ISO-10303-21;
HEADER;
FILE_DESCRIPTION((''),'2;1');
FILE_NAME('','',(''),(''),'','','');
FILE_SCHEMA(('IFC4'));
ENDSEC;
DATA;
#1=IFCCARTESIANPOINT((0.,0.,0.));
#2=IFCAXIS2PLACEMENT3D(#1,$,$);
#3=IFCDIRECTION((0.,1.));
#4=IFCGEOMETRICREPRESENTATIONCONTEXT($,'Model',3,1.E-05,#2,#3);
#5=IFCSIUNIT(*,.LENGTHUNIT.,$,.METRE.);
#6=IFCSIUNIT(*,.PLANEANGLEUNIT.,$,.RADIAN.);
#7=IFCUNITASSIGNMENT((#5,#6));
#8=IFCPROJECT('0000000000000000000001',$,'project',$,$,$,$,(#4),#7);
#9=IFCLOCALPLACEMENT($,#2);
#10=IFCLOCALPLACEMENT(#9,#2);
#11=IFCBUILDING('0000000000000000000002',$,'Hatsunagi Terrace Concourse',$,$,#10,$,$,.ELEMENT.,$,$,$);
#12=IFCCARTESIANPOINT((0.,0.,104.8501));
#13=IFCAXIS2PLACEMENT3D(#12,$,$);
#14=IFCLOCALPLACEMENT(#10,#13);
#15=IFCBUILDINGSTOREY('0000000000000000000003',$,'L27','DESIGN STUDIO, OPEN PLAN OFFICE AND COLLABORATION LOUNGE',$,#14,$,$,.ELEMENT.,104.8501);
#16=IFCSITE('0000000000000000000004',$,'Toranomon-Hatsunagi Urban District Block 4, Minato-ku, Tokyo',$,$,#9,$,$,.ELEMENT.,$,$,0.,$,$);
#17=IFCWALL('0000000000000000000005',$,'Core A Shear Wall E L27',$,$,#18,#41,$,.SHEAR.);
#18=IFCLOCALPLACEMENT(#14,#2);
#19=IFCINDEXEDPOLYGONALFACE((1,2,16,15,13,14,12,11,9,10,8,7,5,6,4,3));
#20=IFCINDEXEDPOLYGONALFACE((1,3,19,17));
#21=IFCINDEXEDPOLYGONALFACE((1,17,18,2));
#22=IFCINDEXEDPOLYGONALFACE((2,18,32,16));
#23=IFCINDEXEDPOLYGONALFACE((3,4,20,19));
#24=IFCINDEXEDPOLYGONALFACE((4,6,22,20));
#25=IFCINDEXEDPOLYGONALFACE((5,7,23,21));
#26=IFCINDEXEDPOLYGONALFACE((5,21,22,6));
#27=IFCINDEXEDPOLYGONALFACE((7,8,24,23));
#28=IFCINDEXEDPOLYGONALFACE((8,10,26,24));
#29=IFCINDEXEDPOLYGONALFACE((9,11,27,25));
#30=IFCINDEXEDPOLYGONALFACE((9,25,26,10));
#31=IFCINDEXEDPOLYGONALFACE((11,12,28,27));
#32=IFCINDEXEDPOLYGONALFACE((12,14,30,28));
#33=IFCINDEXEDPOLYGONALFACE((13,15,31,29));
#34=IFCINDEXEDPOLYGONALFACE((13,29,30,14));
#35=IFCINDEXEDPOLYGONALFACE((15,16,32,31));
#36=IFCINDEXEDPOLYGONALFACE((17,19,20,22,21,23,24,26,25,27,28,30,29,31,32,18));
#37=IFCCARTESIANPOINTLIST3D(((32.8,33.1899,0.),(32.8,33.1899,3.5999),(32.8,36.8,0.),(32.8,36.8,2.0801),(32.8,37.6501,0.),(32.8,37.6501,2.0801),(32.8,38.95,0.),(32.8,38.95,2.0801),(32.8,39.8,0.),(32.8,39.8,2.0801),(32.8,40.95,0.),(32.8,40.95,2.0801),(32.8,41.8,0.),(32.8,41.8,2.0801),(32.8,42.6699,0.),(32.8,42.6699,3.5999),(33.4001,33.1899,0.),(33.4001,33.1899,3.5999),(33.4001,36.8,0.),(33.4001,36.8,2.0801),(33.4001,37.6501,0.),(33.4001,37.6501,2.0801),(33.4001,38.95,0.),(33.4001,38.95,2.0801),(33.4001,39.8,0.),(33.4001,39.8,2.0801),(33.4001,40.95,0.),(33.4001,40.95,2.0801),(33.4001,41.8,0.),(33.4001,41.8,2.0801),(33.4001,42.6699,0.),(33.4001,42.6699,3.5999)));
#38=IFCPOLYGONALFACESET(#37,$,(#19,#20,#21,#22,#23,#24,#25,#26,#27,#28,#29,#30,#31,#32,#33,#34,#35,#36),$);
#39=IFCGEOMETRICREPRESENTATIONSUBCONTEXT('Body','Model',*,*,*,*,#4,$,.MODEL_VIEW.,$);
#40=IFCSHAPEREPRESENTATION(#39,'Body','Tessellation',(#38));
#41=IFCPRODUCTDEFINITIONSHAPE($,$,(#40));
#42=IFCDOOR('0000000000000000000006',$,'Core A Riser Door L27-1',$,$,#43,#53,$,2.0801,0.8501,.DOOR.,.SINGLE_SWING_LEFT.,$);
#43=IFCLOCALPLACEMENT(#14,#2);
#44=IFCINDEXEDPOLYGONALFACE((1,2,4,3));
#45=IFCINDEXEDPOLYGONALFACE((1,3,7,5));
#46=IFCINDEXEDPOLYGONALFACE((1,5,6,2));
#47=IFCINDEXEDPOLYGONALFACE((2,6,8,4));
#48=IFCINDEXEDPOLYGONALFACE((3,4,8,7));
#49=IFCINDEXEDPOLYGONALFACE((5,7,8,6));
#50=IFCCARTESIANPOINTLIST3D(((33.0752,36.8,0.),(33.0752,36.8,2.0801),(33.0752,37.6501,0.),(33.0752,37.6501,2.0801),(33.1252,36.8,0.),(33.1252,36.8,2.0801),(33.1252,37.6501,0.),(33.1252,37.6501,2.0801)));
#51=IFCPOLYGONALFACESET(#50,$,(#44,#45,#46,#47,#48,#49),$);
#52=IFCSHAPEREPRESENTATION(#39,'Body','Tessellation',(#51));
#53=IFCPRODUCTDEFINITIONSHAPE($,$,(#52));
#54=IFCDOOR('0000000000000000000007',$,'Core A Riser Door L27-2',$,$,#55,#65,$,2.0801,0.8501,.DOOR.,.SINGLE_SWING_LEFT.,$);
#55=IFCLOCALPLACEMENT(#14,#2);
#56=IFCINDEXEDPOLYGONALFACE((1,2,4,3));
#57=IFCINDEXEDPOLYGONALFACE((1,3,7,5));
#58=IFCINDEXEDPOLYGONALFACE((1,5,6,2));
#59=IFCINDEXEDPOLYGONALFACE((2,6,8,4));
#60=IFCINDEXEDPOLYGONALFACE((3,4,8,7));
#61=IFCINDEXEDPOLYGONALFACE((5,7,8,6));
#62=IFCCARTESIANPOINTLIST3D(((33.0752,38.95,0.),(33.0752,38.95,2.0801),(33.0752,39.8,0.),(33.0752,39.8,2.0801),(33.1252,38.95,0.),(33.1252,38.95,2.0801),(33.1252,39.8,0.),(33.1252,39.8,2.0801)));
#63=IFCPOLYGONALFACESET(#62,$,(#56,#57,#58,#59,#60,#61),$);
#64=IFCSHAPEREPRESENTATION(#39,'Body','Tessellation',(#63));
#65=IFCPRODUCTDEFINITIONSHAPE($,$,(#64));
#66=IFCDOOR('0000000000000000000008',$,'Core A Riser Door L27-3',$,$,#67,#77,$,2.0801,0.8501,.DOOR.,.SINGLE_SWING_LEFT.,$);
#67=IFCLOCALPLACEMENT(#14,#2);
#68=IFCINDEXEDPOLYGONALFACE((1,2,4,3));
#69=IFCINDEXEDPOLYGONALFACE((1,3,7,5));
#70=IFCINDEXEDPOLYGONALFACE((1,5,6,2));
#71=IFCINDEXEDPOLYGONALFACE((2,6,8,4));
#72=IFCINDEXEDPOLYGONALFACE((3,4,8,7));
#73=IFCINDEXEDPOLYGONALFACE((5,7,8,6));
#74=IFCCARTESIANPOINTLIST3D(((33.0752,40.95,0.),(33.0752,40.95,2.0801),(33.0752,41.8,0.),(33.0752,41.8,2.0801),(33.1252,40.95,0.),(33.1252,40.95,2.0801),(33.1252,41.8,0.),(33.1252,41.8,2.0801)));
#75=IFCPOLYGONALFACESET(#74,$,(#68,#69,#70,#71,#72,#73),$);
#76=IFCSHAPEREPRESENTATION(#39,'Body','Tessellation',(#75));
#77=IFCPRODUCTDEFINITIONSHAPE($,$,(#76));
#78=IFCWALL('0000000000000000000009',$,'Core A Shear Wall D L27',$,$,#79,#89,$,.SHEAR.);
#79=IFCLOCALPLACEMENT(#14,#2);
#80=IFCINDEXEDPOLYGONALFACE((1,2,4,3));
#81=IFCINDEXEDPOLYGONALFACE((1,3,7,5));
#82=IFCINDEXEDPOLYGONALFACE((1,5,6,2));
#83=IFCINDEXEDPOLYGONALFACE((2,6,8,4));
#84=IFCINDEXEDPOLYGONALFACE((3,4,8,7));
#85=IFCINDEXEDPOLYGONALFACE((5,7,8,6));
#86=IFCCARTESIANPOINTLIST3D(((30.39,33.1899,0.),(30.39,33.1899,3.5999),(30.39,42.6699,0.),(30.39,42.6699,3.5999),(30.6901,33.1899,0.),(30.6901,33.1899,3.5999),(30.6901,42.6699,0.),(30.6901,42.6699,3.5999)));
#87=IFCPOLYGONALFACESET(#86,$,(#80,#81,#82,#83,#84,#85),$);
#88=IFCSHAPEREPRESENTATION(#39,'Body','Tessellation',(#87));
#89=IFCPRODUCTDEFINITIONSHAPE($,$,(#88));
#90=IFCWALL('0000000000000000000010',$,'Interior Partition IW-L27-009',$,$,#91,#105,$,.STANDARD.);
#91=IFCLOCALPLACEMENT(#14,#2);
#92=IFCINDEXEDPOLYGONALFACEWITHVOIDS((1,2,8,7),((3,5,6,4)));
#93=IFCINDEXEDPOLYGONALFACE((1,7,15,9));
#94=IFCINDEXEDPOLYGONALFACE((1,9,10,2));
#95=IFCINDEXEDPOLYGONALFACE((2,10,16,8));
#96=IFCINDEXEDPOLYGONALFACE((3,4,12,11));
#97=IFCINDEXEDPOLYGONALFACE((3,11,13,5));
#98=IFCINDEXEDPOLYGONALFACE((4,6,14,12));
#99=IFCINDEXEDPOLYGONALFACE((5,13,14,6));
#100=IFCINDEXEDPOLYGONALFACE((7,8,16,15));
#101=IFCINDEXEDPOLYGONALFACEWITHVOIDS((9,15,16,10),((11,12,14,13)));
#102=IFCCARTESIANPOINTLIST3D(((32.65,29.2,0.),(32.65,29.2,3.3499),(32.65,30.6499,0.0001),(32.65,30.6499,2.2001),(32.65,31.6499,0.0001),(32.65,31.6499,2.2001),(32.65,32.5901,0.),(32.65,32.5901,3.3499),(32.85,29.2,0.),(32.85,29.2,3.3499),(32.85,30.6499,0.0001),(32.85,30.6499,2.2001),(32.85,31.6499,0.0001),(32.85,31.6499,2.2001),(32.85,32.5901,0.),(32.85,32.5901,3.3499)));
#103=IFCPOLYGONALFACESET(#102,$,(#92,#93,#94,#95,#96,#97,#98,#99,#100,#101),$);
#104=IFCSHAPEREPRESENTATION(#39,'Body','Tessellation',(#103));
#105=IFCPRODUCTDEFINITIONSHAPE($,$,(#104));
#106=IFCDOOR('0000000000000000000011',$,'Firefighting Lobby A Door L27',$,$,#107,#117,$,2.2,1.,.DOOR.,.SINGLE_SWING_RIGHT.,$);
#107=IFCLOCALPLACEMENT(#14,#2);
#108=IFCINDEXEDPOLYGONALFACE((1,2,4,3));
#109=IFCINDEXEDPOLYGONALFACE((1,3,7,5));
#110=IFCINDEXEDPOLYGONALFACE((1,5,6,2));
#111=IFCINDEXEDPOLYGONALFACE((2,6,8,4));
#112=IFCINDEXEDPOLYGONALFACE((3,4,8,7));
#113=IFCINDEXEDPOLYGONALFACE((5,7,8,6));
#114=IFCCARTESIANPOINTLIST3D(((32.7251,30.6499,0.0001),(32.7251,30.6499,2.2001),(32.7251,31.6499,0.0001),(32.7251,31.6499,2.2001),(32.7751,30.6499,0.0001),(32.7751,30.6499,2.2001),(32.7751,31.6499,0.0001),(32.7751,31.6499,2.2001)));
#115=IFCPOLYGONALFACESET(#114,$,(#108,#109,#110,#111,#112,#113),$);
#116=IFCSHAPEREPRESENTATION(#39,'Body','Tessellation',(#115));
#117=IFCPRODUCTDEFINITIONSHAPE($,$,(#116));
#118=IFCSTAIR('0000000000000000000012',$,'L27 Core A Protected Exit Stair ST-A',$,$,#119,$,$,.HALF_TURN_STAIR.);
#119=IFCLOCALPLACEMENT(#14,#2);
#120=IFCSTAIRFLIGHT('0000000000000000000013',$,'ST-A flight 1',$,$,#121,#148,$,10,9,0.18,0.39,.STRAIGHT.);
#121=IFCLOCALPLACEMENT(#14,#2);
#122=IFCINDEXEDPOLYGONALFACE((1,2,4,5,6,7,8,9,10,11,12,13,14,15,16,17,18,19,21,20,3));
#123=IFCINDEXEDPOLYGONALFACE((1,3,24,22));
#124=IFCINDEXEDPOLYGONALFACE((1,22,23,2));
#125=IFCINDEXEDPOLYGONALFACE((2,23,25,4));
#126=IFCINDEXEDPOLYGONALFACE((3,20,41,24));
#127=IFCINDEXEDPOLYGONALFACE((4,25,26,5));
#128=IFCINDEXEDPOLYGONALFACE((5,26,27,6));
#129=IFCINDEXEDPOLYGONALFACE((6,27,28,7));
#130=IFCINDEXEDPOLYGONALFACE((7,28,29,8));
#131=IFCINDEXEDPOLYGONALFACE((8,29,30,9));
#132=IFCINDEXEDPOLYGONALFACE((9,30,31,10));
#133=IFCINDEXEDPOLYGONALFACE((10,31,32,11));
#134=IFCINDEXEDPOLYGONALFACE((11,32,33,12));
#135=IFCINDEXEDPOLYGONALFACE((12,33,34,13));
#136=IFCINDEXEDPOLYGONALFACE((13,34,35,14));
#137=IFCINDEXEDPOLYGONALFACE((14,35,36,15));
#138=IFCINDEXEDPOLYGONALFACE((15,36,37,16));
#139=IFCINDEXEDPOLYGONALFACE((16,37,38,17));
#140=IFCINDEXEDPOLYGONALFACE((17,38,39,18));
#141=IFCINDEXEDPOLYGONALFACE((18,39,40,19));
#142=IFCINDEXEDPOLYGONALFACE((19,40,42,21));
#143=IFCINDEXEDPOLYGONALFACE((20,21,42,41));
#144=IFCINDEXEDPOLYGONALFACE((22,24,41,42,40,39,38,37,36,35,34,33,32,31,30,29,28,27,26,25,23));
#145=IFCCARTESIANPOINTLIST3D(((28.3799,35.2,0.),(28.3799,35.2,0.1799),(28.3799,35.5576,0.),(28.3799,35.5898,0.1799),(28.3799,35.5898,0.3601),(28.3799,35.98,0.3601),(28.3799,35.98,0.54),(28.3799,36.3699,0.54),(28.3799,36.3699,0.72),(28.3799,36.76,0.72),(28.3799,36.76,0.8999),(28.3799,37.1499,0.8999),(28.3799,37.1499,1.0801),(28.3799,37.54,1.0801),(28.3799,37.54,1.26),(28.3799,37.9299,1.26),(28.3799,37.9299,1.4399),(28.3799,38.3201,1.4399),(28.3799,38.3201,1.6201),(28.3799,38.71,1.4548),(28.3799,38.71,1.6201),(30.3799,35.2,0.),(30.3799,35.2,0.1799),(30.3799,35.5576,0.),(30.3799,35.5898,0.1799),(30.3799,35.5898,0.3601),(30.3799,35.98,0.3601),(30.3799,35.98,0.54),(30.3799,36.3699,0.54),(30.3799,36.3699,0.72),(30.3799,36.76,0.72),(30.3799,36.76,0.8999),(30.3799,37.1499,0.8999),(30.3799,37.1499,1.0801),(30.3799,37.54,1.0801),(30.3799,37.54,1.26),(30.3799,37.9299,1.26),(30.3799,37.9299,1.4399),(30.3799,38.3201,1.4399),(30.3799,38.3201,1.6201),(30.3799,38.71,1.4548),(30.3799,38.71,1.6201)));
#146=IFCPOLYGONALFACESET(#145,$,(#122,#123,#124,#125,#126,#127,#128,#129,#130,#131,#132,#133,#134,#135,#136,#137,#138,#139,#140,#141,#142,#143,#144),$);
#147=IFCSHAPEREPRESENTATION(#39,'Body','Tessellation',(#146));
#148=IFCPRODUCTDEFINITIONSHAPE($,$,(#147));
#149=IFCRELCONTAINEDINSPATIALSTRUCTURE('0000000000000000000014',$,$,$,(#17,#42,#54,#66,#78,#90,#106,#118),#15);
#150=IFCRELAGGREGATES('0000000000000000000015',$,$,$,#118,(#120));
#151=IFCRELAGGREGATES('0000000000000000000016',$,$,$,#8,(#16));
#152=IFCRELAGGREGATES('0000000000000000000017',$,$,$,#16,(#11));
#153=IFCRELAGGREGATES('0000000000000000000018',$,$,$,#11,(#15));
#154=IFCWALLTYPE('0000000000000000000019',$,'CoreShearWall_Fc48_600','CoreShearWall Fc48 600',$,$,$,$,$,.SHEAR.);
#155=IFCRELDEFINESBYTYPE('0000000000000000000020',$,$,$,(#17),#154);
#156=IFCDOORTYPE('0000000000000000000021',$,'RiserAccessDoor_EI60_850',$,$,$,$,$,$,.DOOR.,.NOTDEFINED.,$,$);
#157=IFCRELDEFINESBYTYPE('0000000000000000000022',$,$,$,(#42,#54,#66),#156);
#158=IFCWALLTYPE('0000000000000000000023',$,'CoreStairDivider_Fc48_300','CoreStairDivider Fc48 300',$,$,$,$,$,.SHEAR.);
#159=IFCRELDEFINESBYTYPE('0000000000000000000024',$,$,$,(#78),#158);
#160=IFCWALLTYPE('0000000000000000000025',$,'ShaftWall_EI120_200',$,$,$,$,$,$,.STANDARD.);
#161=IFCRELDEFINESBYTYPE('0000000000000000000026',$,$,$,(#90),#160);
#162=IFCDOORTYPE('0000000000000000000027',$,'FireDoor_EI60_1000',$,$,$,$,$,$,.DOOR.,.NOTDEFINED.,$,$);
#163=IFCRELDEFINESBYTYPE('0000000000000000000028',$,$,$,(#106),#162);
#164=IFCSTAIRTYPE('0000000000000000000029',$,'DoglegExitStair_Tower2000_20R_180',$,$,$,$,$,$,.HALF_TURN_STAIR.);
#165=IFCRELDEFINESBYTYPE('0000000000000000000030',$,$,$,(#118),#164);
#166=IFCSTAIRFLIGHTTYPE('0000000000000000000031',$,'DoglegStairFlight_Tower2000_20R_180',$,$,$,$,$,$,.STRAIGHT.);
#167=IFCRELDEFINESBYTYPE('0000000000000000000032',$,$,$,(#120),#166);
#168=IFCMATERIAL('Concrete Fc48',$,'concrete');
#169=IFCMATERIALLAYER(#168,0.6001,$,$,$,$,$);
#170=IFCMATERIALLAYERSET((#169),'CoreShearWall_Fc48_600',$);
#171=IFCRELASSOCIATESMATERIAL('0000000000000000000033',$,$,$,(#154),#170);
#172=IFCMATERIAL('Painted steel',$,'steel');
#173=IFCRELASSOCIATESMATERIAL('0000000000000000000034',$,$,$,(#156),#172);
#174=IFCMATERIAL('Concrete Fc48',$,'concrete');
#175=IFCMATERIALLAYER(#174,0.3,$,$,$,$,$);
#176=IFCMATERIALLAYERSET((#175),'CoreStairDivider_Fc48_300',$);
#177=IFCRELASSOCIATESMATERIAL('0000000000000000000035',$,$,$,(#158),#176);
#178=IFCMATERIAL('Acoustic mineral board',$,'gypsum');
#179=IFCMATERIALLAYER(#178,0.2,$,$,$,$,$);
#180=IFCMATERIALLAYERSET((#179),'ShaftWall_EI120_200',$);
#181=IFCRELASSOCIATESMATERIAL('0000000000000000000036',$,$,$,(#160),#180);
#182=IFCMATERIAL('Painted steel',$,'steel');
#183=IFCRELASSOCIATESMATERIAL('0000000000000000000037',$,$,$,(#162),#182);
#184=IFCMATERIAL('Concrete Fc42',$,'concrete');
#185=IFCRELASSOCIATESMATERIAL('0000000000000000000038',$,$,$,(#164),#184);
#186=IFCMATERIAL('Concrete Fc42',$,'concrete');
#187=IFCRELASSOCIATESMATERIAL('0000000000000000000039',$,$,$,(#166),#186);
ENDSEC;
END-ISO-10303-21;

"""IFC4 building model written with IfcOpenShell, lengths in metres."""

from ifc_helpers import new_model, si_unit, direction, frame, frame_2d, origin, place, context, subcontext, project, spatial, polyline, rectangle, outline, extrude, material, layer, layer_set, type_object, element, fill, aggregate, save


model = new_model("IFC4")

# Units and contexts
model_context = context("Model", 3, precision=1e-05, world=origin(), true_north=direction((0.0, 1.0)))
body_context = subcontext(model_context, "Body", "Model", "MODEL_VIEW")
ifc_project = project(units=[si_unit("LENGTHUNIT", "METRE"), si_unit("PLANEANGLEUNIT", "RADIAN")], contexts=[model_context])

# Site, building, storey
site_placement = place(None, origin())
site = spatial("IfcSite", under=ifc_project, at=site_placement, Name="Toranomon-Hatsunagi Urban District Block 4, Minato-ku, Tokyo", CompositionType="ELEMENT", RefElevation=0.0)
building_placement = place(site_placement, origin())
building = spatial("IfcBuilding", under=site, at=building_placement, Name="Hatsunagi Terrace Concourse", CompositionType="ELEMENT")
storey_placement = place(building_placement, frame((0.0, 0.0, 104.8501)))
storey = spatial("IfcBuildingStorey", under=building, at=storey_placement, Name="L27", Description="DESIGN STUDIO, OPEN PLAN OFFICE AND COLLABORATION LOUNGE", CompositionType="ELEMENT", Elevation=104.8501)

# Wall, openings, doors
ifc_material_1 = material(Name="Concrete Fc48", Category="concrete")
ifc_layer_1 = layer(ifc_material_1, 0.6001)
ifc_layer_set_1 = layer_set([ifc_layer_1], Name="CoreShearWall_Fc48_600")
wall_type_1 = type_object("IfcWallType", Name="CoreShearWall_Fc48_600", Description="CoreShearWall Fc48 600", PredefinedType="SHEAR", material=ifc_layer_set_1)
wall_1_placement = place(storey_placement, frame((33.1001, 33.1899, 0.0), z_axis=(0.0, 0.0, 1.0), x_axis=(0.0, 1.0, 0.0)))
wall_1 = element("IfcWall", 1, at=wall_1_placement, inside=storey, type_object=wall_type_1, Name="Core A Shear Wall E L27", PredefinedType="SHEAR", context=body_context, shape_type="SweptSolid", body=[
    extrude(rectangle(XDim=9.48, YDim=0.6001, at=frame_2d((4.74, 0.0))), origin(), (0.0, 0.0, 1.0), 3.5999),
])
opening_1_placement = place(wall_1_placement, frame((3.6101, 0.0, 0.0)))
opening_1 = element("IfcOpeningElement", 2, at=opening_1_placement, cuts=wall_1, PredefinedType="OPENING", context=body_context, shape_type="SweptSolid", body=[
    extrude(rectangle(XDim=0.8501, YDim=2.0801, at=frame_2d((0.425, 1.04))), frame((0.0, 0.3101, 0.0), z_axis=(0.0, -1.0, 0.0), x_axis=(1.0, 0.0, 0.0)), (0.0, 0.0, 1.0), 0.6201),
])
opening_2_placement = place(wall_1_placement, frame((5.76, 0.0, 0.0)))
opening_2 = element("IfcOpeningElement", 3, at=opening_2_placement, cuts=wall_1, PredefinedType="OPENING", context=body_context, shape_type="SweptSolid", body=[
    extrude(rectangle(XDim=0.8501, YDim=2.0801, at=frame_2d((0.425, 1.04))), frame((0.0, 0.3101, 0.0), z_axis=(0.0, -1.0, 0.0), x_axis=(1.0, 0.0, 0.0)), (0.0, 0.0, 1.0), 0.6201),
])
opening_3_placement = place(wall_1_placement, frame((7.76, 0.0, 0.0)))
opening_3 = element("IfcOpeningElement", 4, at=opening_3_placement, cuts=wall_1, PredefinedType="OPENING", context=body_context, shape_type="SweptSolid", body=[
    extrude(rectangle(XDim=0.8501, YDim=2.0801, at=frame_2d((0.425, 1.04))), frame((0.0, 0.3101, 0.0), z_axis=(0.0, -1.0, 0.0), x_axis=(1.0, 0.0, 0.0)), (0.0, 0.0, 1.0), 0.6201),
])
ifc_material_2 = material(Name="Painted steel", Category="steel")
door_type_1 = type_object("IfcDoorType", Name="RiserAccessDoor_EI60_850", OperationType="NOTDEFINED", PredefinedType="DOOR", material=ifc_material_2)
door_1_placement = place(opening_1_placement, origin())
door_1 = element("IfcDoor", 5, at=door_1_placement, inside=storey, type_object=door_type_1, Name="Core A Riser Door L27-1", OperationType="SINGLE_SWING_LEFT", OverallHeight=2.0801, OverallWidth=0.8501, PredefinedType="DOOR", context=body_context, shape_type="SweptSolid", body=[
    extrude(rectangle(XDim=0.8501, YDim=2.0801, at=frame_2d((0.425, 1.04))), frame((0.0, 0.0249, 0.0), z_axis=(0.0, -1.0, 0.0), x_axis=(1.0, 0.0, 0.0)), (0.0, 0.0, 1.0), 0.05),
])
fill(opening_1, door_1)
door_2_placement = place(opening_2_placement, origin())
door_2 = element("IfcDoor", 6, at=door_2_placement, inside=storey, type_object=door_type_1, Name="Core A Riser Door L27-2", OperationType="SINGLE_SWING_LEFT", OverallHeight=2.0801, OverallWidth=0.8501, PredefinedType="DOOR", context=body_context, shape_type="SweptSolid", body=[
    extrude(rectangle(XDim=0.8501, YDim=2.0801, at=frame_2d((0.425, 1.04))), frame((0.0, 0.0249, 0.0), z_axis=(0.0, -1.0, 0.0), x_axis=(1.0, 0.0, 0.0)), (0.0, 0.0, 1.0), 0.05),
])
fill(opening_2, door_2)
door_3_placement = place(opening_3_placement, origin())
door_3 = element("IfcDoor", 7, at=door_3_placement, inside=storey, type_object=door_type_1, Name="Core A Riser Door L27-3", OperationType="SINGLE_SWING_LEFT", OverallHeight=2.0801, OverallWidth=0.8501, PredefinedType="DOOR", context=body_context, shape_type="SweptSolid", body=[
    extrude(rectangle(XDim=0.8501, YDim=2.0801, at=frame_2d((0.425, 1.04))), frame((0.0, 0.0249, 0.0), z_axis=(0.0, -1.0, 0.0), x_axis=(1.0, 0.0, 0.0)), (0.0, 0.0, 1.0), 0.05),
])
fill(opening_3, door_3)

# Wall
ifc_material_3 = material(Name="Concrete Fc48", Category="concrete")
ifc_layer_2 = layer(ifc_material_3, 0.3)
ifc_layer_set_2 = layer_set([ifc_layer_2], Name="CoreStairDivider_Fc48_300")
wall_type_2 = type_object("IfcWallType", Name="CoreStairDivider_Fc48_300", Description="CoreStairDivider Fc48 300", PredefinedType="SHEAR", material=ifc_layer_set_2)
wall_2_placement = place(storey_placement, frame((30.54, 33.1899, 0.0), z_axis=(0.0, 0.0, 1.0), x_axis=(0.0, 1.0, 0.0)))
element("IfcWall", 8, at=wall_2_placement, inside=storey, type_object=wall_type_2, Name="Core A Shear Wall D L27", PredefinedType="SHEAR", context=body_context, shape_type="SweptSolid", body=[
    extrude(rectangle(XDim=9.48, YDim=0.3, at=frame_2d((4.74, 0.0))), origin(), (0.0, 0.0, 1.0), 3.5999),
])

# Wall, opening, door
ifc_material_4 = material(Name="Acoustic mineral board", Category="gypsum")
ifc_layer_3 = layer(ifc_material_4, 0.2)
ifc_layer_set_3 = layer_set([ifc_layer_3], Name="ShaftWall_EI120_200")
wall_type_3 = type_object("IfcWallType", Name="ShaftWall_EI120_200", PredefinedType="STANDARD", material=ifc_layer_set_3)
wall_3_placement = place(storey_placement, frame((32.75, 29.2, 0.0), z_axis=(0.0, 0.0, 1.0), x_axis=(0.0, 1.0, 0.0)))
wall_3 = element("IfcWall", 9, at=wall_3_placement, inside=storey, type_object=wall_type_3, Name="Interior Partition IW-L27-009", PredefinedType="STANDARD", context=body_context, shape_type="SweptSolid", body=[
    extrude(rectangle(XDim=3.3901, YDim=0.2, at=frame_2d((1.6951, 0.0))), origin(), (0.0, 0.0, 1.0), 3.3499),
])
opening_4_placement = place(wall_3_placement, frame((1.45, 0.0, 0.0)))
opening_4 = element("IfcOpeningElement", 10, at=opening_4_placement, cuts=wall_3, PredefinedType="OPENING", context=body_context, shape_type="SweptSolid", body=[
    extrude(rectangle(XDim=1.0, YDim=2.2, at=frame_2d((0.5, 1.1001))), frame((0.0, 0.1099, 0.0), z_axis=(0.0, -1.0, 0.0), x_axis=(1.0, 0.0, 0.0)), (0.0, 0.0, 1.0), 0.22),
])
ifc_material_5 = material(Name="Painted steel", Category="steel")
door_type_2 = type_object("IfcDoorType", Name="FireDoor_EI60_1000", OperationType="NOTDEFINED", PredefinedType="DOOR", material=ifc_material_5)
door_4_placement = place(opening_4_placement, origin())
door_4 = element("IfcDoor", 11, at=door_4_placement, inside=storey, type_object=door_type_2, Name="Firefighting Lobby A Door L27", OperationType="SINGLE_SWING_RIGHT", OverallHeight=2.2, OverallWidth=1.0, PredefinedType="DOOR", context=body_context, shape_type="SweptSolid", body=[
    extrude(rectangle(XDim=1.0, YDim=2.2, at=frame_2d((0.5, 1.1001))), frame((0.0, 0.0249, 0.0), z_axis=(0.0, -1.0, 0.0), x_axis=(1.0, 0.0, 0.0)), (0.0, 0.0, 1.0), 0.05),
])
fill(opening_4, door_4)

# Stair, stair flight
ifc_material_6 = material(Name="Concrete Fc42", Category="concrete")
stair_type = type_object("IfcStairType", Name="DoglegExitStair_Tower2000_20R_180", PredefinedType="HALF_TURN_STAIR", material=ifc_material_6)
stair_1_placement = place(storey_placement, origin())
stair_1 = element("IfcStair", 12, at=stair_1_placement, inside=storey, type_object=stair_type, Name="L27 Core A Protected Exit Stair ST-A", PredefinedType="HALF_TURN_STAIR")
ifc_material_7 = material(Name="Concrete Fc42", Category="concrete")
stair_flight_type = type_object("IfcStairFlightType", Name="DoglegStairFlight_Tower2000_20R_180", PredefinedType="STRAIGHT", material=ifc_material_7)
stair_flight_1_placement = place(storey_placement, frame((29.3799, 35.2, 0.0), z_axis=(0.0, 0.0, 1.0), x_axis=(0.0, 1.0, 0.0)))
stair_flight_1 = element("IfcStairFlight", 13, at=stair_flight_1_placement, type_object=stair_flight_type, Name="ST-A flight 1", NumberOfRisers=10, NumberOfTreads=9, PredefinedType="STRAIGHT", RiserHeight=0.18, TreadLength=0.39, context=body_context, shape_type="SweptSolid", body=[
    extrude(outline(polyline([(0.0, 0.0), (0.0, 0.1799), (0.3899, 0.1799), (0.3899, 0.3601), (0.78, 0.3601), (0.78, 0.54), (1.1699, 0.54), (1.1699, 0.72), (1.5601, 0.72), (1.5601, 0.8999), (1.95, 0.8999), (1.95, 1.0801), (2.3401, 1.0801), (2.3401, 1.26), (2.73, 1.26), (2.73, 1.4399), (3.1201, 1.4399), (3.1201, 1.6201), (3.51, 1.6201), (3.51, 1.8), (3.51, 1.4548), (0.3577, 0.0), (0.0, 0.0)])), frame((0.0, 1.0, 0.0), z_axis=(0.0, -1.0, 0.0), x_axis=(1.0, 0.0, 0.0)), (0.0, 0.0, 1.0), 2.0),
])
aggregate(stair_1, [stair_flight_1])

save(model, "model.ifc")
